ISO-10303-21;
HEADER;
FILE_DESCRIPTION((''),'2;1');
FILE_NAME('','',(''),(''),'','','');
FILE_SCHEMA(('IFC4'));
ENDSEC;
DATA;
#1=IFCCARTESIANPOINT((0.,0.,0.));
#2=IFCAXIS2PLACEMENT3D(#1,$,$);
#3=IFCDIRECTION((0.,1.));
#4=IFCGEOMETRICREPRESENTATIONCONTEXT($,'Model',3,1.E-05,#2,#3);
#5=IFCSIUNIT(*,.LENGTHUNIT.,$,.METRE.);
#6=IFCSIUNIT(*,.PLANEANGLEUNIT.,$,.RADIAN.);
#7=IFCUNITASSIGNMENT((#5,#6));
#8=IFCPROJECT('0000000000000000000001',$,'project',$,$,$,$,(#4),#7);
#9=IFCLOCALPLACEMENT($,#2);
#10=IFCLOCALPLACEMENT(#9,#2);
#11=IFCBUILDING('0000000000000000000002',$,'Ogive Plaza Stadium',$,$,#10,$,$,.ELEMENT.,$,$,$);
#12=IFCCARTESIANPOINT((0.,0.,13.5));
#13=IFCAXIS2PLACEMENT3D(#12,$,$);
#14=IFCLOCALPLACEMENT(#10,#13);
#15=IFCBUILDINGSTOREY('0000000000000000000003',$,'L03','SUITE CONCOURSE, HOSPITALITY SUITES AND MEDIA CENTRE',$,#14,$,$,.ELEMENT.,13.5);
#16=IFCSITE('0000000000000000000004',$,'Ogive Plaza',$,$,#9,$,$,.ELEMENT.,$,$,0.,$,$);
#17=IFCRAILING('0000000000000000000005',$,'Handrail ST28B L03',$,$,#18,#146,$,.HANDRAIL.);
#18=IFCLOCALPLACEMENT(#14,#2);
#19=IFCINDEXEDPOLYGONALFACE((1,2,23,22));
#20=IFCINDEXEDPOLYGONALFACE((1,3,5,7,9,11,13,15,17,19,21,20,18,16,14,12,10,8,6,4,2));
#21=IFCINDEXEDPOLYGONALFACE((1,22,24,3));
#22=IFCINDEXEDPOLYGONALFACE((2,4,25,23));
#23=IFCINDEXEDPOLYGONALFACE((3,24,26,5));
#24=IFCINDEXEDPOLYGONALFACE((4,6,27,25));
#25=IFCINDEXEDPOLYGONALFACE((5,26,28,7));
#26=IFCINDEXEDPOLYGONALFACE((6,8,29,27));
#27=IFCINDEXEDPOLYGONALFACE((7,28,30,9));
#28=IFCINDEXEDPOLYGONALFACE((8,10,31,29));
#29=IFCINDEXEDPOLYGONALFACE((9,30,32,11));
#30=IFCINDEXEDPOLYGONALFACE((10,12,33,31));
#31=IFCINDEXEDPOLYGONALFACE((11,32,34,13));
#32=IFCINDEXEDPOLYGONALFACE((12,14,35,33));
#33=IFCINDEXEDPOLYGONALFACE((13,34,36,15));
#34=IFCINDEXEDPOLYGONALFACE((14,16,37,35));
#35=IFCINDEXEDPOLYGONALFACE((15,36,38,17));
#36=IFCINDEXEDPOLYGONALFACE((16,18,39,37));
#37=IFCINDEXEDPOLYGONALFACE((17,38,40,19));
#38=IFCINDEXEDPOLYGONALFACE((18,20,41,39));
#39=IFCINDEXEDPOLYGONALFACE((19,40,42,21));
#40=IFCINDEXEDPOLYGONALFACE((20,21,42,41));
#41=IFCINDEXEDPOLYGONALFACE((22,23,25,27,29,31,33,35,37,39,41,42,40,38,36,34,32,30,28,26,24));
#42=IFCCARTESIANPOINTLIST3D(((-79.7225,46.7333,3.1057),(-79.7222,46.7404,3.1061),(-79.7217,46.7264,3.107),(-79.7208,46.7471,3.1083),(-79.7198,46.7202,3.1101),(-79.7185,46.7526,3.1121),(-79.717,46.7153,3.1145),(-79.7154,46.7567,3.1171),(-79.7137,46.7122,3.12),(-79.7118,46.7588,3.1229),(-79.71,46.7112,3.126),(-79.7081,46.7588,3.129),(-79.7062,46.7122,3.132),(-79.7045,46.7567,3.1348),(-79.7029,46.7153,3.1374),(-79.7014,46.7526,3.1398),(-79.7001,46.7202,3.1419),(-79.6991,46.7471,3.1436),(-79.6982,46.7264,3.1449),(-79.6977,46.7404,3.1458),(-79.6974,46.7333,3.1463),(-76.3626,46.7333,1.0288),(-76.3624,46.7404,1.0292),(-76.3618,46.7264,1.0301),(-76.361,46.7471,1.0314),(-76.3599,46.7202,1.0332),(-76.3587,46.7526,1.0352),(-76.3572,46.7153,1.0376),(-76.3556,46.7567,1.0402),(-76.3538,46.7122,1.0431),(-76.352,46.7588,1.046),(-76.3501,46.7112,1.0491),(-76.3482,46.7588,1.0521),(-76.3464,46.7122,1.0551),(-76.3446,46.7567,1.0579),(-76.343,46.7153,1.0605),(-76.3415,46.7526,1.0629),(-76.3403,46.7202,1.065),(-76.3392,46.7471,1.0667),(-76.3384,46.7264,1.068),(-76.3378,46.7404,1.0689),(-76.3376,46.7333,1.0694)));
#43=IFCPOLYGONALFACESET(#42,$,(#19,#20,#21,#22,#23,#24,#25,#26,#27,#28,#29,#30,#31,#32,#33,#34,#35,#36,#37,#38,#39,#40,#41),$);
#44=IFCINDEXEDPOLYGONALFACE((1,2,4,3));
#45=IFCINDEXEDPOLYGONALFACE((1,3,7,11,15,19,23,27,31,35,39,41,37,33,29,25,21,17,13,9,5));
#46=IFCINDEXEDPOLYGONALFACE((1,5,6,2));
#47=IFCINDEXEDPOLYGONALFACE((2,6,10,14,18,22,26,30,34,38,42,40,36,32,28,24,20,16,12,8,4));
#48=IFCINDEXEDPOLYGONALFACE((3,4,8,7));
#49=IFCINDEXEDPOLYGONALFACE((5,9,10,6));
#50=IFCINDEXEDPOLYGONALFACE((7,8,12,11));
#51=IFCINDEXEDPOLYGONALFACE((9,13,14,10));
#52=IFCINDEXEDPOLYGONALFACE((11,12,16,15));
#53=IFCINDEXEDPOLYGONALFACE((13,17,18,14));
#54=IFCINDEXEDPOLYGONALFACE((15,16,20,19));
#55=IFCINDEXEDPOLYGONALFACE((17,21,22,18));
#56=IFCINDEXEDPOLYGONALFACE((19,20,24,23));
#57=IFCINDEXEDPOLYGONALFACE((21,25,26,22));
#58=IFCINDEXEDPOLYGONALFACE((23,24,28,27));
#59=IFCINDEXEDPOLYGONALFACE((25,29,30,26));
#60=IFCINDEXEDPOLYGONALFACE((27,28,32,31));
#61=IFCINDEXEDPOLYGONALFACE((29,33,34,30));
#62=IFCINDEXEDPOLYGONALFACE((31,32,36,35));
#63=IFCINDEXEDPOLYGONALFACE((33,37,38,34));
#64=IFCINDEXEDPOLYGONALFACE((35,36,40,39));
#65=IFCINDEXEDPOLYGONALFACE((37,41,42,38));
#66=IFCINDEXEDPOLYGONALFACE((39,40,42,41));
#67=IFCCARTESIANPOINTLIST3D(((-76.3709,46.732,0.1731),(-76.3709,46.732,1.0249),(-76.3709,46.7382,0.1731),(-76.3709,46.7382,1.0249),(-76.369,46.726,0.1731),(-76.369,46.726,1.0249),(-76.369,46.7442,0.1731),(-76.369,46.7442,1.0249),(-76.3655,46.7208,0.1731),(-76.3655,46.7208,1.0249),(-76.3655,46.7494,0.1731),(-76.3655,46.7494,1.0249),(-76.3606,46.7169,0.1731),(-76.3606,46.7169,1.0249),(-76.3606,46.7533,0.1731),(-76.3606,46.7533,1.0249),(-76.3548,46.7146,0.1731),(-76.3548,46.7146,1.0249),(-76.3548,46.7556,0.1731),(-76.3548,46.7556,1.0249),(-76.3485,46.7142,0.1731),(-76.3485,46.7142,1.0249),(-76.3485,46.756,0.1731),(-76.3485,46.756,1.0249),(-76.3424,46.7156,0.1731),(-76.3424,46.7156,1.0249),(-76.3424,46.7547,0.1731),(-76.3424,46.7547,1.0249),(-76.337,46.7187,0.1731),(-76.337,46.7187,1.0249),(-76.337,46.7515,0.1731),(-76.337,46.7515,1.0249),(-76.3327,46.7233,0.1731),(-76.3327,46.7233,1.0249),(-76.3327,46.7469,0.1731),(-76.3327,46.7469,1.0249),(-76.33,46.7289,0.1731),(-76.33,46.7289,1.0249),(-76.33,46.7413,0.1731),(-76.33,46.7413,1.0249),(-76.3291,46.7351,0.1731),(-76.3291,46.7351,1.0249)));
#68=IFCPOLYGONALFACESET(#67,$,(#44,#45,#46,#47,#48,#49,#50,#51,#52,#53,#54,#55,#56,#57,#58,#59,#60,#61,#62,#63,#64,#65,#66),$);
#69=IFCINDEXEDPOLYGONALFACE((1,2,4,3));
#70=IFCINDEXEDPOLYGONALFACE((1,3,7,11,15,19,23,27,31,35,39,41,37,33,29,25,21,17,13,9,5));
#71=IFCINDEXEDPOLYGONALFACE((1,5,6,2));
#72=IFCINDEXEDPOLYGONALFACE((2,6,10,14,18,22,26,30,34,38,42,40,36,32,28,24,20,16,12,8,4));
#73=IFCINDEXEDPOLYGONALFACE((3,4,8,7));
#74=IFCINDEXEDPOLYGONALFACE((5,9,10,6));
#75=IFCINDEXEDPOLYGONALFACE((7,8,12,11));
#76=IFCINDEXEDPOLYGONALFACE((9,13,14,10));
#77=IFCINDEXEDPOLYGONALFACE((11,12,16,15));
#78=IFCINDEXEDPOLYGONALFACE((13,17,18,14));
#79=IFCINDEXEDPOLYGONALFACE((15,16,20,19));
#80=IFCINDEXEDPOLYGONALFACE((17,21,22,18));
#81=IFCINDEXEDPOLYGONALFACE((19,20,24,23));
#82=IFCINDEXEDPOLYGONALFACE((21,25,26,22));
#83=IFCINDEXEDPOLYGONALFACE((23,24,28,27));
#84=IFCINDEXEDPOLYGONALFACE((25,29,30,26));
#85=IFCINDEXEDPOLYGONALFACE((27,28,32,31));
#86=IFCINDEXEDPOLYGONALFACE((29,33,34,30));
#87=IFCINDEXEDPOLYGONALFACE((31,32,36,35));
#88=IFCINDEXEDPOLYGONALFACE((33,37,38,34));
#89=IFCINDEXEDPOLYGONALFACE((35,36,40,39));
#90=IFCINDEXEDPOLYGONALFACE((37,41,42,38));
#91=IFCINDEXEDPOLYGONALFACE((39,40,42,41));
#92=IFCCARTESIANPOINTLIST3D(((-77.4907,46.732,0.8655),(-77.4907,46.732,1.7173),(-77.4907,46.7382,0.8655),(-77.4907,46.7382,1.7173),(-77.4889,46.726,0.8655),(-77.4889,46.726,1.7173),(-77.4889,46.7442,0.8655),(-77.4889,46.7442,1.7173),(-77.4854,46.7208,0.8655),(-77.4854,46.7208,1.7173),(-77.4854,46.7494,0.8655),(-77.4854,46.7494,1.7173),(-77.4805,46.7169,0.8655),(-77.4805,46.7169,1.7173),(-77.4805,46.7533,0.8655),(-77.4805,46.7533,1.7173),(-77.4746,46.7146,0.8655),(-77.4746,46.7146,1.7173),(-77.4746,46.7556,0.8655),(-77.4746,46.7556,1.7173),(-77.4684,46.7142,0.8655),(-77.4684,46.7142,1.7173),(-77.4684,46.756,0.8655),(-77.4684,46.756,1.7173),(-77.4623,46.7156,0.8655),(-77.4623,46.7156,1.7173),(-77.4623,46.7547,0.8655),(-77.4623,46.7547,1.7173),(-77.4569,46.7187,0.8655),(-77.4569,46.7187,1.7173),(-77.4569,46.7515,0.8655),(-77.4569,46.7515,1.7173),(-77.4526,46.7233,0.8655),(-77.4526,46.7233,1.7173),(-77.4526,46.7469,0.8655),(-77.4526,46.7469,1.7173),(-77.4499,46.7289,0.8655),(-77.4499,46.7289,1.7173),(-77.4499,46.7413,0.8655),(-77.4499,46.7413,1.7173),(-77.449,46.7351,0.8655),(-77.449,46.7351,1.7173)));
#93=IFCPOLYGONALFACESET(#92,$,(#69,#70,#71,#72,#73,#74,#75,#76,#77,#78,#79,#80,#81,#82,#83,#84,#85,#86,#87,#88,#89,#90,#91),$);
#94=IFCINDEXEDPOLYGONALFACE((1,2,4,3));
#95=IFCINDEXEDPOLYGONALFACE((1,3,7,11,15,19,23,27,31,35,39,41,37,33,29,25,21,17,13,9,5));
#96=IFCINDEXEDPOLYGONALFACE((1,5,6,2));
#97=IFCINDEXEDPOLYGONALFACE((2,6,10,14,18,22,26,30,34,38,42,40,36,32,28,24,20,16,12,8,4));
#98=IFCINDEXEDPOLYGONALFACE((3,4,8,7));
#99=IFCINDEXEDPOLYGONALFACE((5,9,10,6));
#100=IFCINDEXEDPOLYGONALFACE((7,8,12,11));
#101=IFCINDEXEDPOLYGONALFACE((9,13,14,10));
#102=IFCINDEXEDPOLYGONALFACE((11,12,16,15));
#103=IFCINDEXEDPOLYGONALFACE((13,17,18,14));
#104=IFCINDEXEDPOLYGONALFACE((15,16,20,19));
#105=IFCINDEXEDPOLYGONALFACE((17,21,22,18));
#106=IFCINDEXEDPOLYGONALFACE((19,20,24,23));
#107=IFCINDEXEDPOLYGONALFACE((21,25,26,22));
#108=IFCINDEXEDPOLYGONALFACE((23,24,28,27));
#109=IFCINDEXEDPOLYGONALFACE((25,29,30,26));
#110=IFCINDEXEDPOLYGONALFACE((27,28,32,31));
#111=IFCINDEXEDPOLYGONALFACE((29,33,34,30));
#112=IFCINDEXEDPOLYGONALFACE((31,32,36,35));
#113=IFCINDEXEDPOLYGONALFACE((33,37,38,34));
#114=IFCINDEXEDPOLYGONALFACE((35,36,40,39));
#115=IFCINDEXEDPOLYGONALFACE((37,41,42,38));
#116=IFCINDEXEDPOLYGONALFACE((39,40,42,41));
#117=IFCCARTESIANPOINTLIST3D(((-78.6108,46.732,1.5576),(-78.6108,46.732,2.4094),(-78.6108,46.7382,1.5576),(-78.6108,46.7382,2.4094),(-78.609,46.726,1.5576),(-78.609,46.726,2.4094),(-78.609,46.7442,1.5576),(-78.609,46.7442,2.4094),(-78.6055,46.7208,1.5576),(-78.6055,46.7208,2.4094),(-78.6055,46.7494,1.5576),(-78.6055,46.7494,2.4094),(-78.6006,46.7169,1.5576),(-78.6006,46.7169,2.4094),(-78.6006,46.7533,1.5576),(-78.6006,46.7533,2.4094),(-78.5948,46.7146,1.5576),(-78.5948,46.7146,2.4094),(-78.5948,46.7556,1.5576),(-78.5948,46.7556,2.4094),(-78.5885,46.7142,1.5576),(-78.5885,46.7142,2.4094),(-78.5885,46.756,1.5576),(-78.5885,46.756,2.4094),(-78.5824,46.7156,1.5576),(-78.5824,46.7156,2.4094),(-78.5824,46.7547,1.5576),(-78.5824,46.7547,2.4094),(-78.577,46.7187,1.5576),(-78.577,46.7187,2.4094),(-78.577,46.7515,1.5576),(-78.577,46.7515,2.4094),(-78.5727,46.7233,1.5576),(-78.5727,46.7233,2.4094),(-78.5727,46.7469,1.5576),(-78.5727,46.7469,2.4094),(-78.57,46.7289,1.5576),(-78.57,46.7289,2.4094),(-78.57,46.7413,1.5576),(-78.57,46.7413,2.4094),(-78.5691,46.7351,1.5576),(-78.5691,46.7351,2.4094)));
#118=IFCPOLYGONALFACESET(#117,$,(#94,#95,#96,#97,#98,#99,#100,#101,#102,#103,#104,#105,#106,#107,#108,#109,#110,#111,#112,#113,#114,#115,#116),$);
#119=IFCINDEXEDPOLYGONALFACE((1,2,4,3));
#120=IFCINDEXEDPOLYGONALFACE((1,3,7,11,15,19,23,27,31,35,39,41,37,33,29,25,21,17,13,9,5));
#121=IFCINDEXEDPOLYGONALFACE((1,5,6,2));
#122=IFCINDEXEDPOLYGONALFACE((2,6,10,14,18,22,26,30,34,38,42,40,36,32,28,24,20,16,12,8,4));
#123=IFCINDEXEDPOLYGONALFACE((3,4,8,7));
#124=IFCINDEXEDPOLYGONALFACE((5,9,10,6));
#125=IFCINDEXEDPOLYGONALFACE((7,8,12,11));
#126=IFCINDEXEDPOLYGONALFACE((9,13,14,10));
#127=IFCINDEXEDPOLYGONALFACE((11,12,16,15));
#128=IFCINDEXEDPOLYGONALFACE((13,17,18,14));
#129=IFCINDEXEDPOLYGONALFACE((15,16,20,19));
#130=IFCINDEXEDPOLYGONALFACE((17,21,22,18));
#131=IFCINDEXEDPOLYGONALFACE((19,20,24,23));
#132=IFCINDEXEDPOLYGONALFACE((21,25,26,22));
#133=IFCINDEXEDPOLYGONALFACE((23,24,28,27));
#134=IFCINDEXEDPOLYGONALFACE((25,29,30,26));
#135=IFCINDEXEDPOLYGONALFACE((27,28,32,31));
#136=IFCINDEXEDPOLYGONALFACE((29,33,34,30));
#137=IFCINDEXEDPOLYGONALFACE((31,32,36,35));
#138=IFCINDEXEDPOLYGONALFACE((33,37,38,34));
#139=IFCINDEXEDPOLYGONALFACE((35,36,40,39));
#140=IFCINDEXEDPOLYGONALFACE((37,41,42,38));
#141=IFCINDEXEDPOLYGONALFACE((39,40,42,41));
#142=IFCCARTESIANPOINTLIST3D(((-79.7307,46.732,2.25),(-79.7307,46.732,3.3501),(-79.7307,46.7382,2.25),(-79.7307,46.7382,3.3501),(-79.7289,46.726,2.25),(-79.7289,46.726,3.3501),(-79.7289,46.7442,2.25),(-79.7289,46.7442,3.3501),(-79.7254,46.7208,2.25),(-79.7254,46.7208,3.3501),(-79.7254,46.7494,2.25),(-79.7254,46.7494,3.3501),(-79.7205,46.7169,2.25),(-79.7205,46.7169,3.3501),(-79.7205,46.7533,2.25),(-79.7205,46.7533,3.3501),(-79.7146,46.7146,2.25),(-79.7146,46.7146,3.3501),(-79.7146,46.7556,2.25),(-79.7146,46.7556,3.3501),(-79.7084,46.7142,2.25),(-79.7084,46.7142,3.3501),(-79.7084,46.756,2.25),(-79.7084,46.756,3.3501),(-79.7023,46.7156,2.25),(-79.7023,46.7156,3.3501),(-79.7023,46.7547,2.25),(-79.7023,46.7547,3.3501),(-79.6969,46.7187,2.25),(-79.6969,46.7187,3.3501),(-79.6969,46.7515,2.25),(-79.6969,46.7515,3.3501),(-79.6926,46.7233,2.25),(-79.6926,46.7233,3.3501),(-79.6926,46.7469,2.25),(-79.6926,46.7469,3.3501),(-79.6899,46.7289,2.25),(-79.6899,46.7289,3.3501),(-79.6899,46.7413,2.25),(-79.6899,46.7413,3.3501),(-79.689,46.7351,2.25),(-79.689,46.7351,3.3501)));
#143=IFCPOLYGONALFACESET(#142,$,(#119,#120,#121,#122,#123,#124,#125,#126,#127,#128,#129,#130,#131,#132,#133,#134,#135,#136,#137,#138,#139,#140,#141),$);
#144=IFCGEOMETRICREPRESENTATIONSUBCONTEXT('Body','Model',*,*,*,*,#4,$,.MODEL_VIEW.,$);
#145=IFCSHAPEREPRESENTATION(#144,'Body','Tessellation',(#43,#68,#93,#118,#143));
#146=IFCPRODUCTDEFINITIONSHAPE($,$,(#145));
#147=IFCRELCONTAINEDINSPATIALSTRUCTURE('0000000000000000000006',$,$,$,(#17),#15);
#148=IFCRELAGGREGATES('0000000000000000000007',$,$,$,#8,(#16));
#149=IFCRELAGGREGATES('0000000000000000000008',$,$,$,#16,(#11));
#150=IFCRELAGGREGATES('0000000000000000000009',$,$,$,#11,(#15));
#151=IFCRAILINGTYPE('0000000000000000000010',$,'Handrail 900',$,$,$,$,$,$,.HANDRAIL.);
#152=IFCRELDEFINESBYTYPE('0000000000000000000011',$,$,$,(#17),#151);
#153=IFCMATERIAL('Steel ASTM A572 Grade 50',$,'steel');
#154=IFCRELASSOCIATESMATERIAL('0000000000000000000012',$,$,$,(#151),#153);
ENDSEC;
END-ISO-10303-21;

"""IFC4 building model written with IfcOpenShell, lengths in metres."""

from ifc_helpers import new_model, si_unit, direction, frame, origin, origin_2d, place, context, subcontext, project, spatial, circle, extrude, material, type_object, element, save


model = new_model("IFC4")

# Units and contexts
model_context = context("Model", 3, precision=1e-05, world=origin(), true_north=direction((0.0, 1.0)))
body_context = subcontext(model_context, "Body", "Model", "MODEL_VIEW")
ifc_project = project(units=[si_unit("LENGTHUNIT", "METRE"), si_unit("PLANEANGLEUNIT", "RADIAN")], contexts=[model_context])

# Site, building, storey
site_placement = place(None, origin())
site = spatial("IfcSite", under=ifc_project, at=site_placement, Name="Ogive Plaza", CompositionType="ELEMENT", RefElevation=0.0)
building_placement = place(site_placement, origin())
building = spatial("IfcBuilding", under=site, at=building_placement, Name="Ogive Plaza Stadium", CompositionType="ELEMENT")
storey_placement = place(building_placement, frame((0.0, 0.0, 13.5)))
storey = spatial("IfcBuildingStorey", under=building, at=storey_placement, Name="L03", Description="SUITE CONCOURSE, HOSPITALITY SUITES AND MEDIA CENTRE", CompositionType="ELEMENT", Elevation=13.5)

# Railing
ifc_material_1 = material(Name="Steel ASTM A572 Grade 50", Category="steel")
railing_type_1 = type_object("IfcRailingType", Name="Handrail 900", PredefinedType="HANDRAIL", material=ifc_material_1)
for number, where, name in (
    (1, (-76.3501, 46.7351, 0.1731), "Handrail ST28B L03"),
):
    element("IfcRailing", number, at=place(storey_placement, frame(where)), inside=storey, type_object=railing_type_1, Name=name, PredefinedType="HANDRAIL", context=body_context, shape_type="SweptSolid", body=[
        extrude(circle(Radius=0.0239, at=origin_2d()), frame((0.0, 0.0, 0.876), z_axis=(-0.850606, 0.0, 0.525803), x_axis=(0.0, -1.0, 0.0)), (0.0, 0.0, 1.0), 3.95),
        extrude(circle(Radius=0.021, at=origin_2d()), origin(), (0.0, 0.0, 1.0), 0.8518),
        extrude(circle(Radius=0.021, at=origin_2d()), frame((-1.1199, 0.0, 0.6924)), (0.0, 0.0, 1.0), 0.8518),
        extrude(circle(Radius=0.021, at=origin_2d()), frame((-2.24, 0.0, 1.3845)), (0.0, 0.0, 1.0), 0.8518),
        extrude(circle(Radius=0.021, at=origin_2d()), frame((-3.3599, 0.0, 2.0769)), (0.0, 0.0, 1.0), 1.1001),
    ])

save(model, "model.ifc")
